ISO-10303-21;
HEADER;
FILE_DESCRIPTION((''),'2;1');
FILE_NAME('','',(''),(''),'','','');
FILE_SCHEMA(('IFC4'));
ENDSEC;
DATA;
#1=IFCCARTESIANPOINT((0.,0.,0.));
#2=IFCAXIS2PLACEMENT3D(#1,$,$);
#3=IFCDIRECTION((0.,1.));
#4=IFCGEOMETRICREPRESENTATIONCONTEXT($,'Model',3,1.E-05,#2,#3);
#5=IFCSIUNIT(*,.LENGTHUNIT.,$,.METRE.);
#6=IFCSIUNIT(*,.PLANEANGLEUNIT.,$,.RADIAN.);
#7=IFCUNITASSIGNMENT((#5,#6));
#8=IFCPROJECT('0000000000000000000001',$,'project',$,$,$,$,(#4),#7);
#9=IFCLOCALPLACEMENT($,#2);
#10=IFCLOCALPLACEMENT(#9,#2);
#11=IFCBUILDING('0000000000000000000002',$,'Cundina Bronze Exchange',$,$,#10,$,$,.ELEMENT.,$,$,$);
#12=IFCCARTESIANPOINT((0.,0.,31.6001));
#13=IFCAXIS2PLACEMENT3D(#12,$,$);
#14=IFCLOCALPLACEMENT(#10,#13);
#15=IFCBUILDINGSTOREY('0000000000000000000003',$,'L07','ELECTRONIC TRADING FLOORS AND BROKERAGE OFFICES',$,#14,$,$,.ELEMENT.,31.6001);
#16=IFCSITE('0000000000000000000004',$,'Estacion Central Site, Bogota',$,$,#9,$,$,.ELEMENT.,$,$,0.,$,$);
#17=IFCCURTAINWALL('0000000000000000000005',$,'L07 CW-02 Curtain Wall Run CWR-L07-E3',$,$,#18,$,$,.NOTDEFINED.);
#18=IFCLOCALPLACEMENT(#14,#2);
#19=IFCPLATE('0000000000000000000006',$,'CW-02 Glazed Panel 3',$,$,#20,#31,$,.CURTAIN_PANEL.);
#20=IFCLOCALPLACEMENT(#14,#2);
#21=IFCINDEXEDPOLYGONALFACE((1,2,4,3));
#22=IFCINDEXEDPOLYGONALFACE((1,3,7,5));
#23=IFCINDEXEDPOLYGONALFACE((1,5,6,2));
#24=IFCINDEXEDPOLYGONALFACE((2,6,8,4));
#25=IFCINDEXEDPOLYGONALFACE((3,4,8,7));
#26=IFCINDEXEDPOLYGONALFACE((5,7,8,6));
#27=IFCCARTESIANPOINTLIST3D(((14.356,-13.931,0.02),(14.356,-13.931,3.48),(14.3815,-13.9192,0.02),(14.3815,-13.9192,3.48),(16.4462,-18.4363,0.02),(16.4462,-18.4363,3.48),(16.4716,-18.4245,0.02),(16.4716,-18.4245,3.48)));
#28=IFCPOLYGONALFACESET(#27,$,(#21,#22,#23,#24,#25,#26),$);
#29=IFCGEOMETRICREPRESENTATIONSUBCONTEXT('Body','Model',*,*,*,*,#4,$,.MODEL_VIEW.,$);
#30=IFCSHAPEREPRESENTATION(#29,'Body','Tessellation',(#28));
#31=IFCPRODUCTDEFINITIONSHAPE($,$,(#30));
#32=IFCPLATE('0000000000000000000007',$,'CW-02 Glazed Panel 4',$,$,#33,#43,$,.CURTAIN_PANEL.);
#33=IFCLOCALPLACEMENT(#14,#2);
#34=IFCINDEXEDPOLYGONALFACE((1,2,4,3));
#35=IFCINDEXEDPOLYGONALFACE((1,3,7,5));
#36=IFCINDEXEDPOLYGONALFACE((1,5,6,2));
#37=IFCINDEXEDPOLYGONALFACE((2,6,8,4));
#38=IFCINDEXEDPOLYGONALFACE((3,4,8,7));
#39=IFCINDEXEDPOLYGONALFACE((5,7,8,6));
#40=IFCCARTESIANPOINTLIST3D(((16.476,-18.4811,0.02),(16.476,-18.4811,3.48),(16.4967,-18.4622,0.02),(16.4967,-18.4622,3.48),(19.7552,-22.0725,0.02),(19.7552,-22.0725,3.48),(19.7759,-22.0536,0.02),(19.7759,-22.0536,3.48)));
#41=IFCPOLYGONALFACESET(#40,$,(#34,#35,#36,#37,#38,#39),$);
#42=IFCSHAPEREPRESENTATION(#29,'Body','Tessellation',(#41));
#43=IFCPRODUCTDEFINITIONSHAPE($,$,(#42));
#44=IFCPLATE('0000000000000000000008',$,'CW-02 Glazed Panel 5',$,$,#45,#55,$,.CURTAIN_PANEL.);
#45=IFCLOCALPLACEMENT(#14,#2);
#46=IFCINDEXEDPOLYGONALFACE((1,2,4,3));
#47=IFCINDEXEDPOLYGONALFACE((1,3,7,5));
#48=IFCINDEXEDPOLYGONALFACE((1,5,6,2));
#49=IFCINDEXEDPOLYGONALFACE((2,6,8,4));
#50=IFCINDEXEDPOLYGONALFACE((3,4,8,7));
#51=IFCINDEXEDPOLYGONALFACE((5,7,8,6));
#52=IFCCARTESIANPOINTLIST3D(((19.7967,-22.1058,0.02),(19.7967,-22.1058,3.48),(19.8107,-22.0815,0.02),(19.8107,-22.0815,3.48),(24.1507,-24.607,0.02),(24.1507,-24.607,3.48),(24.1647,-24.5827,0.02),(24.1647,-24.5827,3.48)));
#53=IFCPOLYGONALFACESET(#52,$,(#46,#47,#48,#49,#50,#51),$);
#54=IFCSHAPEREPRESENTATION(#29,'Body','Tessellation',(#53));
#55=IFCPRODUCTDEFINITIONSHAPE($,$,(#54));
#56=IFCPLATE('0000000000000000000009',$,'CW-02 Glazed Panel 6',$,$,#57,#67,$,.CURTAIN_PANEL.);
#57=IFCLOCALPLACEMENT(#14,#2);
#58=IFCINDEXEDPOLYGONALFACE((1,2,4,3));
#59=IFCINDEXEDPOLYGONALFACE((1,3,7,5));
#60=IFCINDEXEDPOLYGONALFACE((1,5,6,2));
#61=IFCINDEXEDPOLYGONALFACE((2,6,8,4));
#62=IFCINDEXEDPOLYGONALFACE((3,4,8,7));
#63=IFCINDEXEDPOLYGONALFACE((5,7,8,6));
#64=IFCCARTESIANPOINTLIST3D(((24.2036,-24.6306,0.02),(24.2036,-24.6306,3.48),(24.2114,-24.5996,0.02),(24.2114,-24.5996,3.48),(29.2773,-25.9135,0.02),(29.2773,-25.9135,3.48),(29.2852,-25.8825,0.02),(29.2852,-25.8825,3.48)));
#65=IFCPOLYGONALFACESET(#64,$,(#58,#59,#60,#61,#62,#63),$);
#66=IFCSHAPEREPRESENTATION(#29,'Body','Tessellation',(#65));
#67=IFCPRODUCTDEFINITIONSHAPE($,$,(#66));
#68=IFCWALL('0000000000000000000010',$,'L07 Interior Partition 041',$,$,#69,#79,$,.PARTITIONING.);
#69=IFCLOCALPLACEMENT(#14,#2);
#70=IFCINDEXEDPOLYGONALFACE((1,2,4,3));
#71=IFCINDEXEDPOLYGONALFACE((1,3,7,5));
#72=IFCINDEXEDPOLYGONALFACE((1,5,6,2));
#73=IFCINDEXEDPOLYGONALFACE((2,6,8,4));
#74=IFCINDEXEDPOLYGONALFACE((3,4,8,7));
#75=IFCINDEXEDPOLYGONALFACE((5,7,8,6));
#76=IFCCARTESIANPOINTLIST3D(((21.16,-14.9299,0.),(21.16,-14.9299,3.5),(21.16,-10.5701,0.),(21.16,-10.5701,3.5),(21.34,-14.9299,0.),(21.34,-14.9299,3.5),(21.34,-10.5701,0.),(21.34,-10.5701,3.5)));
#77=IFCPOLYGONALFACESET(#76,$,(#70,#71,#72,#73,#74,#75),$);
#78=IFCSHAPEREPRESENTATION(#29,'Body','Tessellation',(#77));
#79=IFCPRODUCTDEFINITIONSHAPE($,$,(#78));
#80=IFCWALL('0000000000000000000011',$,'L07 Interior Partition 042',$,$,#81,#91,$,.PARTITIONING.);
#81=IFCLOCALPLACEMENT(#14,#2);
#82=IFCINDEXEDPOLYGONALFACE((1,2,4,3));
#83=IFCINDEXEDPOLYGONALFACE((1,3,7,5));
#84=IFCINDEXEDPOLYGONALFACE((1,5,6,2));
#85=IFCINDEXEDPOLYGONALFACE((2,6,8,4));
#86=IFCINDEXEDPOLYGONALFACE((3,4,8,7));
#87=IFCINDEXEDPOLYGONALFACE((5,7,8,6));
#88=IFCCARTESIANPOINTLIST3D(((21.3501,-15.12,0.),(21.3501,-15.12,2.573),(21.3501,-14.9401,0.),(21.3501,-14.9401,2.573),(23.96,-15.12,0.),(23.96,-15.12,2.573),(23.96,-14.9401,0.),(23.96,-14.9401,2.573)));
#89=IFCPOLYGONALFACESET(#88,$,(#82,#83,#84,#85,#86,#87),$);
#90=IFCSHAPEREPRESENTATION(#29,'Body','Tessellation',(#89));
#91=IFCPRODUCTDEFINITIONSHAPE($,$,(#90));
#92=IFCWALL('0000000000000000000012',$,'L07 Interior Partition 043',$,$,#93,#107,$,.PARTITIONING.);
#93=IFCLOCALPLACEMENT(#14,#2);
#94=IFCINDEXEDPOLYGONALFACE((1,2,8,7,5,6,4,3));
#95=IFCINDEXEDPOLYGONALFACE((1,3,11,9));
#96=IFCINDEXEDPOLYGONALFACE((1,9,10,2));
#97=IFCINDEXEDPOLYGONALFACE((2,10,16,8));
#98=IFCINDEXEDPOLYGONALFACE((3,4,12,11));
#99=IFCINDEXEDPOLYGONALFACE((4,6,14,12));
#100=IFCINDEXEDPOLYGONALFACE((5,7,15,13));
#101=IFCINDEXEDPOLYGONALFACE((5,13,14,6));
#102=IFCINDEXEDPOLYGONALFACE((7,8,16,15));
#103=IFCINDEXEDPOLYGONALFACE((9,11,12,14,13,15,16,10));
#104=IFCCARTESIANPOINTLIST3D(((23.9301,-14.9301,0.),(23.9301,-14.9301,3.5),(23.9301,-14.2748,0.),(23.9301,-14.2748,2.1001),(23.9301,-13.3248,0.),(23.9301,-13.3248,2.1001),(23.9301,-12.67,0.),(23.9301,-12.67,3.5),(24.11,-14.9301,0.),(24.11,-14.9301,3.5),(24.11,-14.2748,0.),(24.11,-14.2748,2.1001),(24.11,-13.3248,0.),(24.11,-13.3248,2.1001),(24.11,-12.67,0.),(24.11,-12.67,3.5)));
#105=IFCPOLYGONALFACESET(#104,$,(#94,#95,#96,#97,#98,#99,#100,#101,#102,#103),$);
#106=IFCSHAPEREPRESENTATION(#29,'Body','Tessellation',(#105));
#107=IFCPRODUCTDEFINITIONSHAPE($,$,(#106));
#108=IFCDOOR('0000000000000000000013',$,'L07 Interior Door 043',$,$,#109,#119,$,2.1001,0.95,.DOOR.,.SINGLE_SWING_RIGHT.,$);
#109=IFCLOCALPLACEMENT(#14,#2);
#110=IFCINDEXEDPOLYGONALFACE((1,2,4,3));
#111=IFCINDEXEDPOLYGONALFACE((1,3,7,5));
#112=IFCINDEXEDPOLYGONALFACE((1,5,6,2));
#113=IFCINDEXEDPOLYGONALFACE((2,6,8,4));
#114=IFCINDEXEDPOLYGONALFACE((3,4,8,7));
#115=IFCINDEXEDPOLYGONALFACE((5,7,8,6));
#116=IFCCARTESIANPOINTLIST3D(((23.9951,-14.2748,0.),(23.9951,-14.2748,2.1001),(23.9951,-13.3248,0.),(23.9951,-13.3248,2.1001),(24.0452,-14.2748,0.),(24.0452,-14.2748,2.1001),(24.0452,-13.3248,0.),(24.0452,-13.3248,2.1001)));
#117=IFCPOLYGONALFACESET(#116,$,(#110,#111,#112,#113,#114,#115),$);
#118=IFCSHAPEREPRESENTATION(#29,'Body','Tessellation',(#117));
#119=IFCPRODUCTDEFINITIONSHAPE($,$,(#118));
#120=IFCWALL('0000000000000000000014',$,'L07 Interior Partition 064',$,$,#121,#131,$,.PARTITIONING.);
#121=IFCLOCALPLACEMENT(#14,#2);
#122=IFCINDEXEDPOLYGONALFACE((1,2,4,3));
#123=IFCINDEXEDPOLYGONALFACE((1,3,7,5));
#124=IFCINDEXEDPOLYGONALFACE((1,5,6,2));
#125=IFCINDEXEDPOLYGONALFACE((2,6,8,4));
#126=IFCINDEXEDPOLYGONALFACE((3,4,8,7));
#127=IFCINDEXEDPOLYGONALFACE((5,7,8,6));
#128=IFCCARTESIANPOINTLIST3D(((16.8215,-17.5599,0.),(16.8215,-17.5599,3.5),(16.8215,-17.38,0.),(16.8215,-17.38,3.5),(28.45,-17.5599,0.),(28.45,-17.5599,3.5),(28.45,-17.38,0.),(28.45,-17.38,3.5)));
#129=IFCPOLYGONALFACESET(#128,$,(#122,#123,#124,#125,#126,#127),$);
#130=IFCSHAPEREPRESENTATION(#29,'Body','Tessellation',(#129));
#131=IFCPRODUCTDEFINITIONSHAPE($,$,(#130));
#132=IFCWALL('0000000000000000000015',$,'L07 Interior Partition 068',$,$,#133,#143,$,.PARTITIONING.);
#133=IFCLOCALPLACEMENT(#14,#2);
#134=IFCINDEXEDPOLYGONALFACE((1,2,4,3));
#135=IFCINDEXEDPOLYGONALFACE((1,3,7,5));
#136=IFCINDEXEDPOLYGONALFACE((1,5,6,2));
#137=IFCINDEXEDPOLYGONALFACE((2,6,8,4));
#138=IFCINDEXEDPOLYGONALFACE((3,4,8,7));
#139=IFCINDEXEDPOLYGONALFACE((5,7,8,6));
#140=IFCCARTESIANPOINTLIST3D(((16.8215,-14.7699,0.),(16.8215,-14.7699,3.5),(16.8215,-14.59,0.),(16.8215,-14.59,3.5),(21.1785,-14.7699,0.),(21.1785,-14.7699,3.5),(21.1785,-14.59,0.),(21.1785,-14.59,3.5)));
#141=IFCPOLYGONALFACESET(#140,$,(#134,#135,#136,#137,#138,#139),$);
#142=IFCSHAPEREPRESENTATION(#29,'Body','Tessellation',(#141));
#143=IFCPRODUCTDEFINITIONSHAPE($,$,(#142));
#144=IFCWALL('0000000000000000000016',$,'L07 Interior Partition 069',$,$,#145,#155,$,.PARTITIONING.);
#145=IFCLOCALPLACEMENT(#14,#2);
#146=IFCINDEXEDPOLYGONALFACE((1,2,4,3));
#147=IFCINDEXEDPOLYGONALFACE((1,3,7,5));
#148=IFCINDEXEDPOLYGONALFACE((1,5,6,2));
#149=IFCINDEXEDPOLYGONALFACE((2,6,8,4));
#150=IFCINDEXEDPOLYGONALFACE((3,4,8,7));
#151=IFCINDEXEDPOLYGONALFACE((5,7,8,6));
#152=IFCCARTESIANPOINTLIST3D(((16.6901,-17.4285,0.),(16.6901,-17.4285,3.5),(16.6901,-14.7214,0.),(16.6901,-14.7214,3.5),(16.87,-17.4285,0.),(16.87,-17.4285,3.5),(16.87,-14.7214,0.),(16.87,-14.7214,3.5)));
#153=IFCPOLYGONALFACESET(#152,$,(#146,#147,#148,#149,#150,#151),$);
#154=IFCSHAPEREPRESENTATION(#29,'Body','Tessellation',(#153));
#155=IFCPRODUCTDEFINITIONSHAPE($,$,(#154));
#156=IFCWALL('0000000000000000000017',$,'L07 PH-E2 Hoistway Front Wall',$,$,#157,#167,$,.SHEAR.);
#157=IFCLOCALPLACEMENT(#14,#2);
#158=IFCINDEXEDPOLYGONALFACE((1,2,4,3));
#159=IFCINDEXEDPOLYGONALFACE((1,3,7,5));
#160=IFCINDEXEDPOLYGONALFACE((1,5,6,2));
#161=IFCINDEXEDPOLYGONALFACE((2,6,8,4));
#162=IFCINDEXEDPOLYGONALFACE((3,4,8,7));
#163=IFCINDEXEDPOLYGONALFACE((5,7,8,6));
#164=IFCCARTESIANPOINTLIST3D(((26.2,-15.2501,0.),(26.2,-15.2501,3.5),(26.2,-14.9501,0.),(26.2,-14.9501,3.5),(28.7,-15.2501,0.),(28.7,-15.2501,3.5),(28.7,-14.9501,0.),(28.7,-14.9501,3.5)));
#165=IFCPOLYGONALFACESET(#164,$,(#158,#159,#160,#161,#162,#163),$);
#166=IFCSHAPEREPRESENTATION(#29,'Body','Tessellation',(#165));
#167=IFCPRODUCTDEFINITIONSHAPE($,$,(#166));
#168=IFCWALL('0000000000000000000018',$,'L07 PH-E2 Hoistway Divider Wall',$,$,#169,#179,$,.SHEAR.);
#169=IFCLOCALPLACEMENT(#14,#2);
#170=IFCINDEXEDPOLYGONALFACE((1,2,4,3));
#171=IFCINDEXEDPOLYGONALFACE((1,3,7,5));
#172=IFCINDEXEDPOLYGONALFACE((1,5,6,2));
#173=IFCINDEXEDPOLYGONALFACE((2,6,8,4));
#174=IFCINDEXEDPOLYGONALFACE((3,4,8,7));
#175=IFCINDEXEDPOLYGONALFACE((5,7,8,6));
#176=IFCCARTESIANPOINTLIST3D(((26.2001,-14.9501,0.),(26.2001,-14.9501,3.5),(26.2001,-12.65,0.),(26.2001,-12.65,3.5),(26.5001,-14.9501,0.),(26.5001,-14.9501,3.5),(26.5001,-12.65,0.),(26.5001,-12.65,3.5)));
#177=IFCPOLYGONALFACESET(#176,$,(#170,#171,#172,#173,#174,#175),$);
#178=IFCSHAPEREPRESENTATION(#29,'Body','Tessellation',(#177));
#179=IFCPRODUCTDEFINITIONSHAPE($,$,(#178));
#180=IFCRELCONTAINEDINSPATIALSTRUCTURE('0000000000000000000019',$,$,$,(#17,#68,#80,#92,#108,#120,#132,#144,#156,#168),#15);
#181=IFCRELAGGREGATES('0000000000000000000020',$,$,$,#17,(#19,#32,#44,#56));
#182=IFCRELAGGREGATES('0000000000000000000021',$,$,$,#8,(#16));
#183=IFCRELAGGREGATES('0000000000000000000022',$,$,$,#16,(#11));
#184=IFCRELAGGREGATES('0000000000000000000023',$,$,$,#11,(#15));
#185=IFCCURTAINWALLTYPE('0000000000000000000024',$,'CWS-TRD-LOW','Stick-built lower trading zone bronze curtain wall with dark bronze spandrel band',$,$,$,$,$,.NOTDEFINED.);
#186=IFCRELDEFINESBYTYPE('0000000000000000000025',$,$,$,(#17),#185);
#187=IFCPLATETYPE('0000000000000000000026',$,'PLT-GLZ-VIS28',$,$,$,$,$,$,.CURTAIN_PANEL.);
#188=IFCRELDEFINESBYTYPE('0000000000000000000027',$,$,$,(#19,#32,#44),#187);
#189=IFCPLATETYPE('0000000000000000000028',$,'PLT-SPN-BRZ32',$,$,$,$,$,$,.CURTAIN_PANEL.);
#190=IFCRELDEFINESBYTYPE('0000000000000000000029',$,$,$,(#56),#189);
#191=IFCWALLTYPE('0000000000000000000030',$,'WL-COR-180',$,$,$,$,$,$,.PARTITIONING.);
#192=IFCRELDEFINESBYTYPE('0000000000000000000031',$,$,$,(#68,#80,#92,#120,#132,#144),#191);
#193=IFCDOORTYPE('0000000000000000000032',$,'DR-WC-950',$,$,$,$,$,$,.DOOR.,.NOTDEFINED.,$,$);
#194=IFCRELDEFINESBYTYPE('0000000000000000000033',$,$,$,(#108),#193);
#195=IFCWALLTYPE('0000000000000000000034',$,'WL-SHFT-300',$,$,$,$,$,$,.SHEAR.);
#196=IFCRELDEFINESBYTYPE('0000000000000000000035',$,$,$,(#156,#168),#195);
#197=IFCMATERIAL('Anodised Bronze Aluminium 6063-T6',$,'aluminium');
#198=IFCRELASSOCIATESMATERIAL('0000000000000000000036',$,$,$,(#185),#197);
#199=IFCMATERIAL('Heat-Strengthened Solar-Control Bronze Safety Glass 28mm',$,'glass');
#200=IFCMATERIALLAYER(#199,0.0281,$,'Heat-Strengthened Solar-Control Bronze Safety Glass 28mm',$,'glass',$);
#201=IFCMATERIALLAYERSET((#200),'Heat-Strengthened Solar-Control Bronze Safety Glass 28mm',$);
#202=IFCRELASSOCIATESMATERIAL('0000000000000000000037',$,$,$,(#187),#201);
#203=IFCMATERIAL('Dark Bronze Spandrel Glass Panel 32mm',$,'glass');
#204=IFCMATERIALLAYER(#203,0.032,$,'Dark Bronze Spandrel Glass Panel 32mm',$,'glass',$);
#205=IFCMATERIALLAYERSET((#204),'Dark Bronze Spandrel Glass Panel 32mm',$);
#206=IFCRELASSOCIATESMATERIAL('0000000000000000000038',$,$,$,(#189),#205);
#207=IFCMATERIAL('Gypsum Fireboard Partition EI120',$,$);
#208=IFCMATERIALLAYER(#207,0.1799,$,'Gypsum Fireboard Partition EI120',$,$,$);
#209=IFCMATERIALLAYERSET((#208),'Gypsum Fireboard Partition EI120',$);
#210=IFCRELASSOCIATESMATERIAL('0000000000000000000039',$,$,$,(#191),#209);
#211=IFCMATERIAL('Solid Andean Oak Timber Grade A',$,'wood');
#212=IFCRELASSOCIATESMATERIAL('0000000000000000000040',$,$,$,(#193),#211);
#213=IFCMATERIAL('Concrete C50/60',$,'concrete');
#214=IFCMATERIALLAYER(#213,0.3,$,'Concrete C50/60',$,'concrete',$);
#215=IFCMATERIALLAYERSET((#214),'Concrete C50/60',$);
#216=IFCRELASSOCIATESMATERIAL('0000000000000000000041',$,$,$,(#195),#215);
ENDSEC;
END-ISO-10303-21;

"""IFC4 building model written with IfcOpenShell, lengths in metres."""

from ifc_helpers import new_model, si_unit, direction, frame, frame_2d, origin, origin_2d, place, context, subcontext, project, spatial, rectangle, extrude, material, layer, layer_set, type_object, element, fill, aggregate, save


model = new_model("IFC4")

# Units and contexts
model_context = context("Model", 3, precision=1e-05, world=origin(), true_north=direction((0.0, 1.0)))
body_context = subcontext(model_context, "Body", "Model", "MODEL_VIEW")
ifc_project = project(units=[si_unit("LENGTHUNIT", "METRE"), si_unit("PLANEANGLEUNIT", "RADIAN")], contexts=[model_context])

# Site, building, storey
site_placement = place(None, origin())
site = spatial("IfcSite", under=ifc_project, at=site_placement, Name="Estacion Central Site, Bogota", CompositionType="ELEMENT", RefElevation=0.0)
building_placement = place(site_placement, origin())
building = spatial("IfcBuilding", under=site, at=building_placement, Name="Cundina Bronze Exchange", CompositionType="ELEMENT")
storey_placement = place(building_placement, frame((0.0, 0.0, 31.6001)))
storey = spatial("IfcBuildingStorey", under=building, at=storey_placement, Name="L07", Description="ELECTRONIC TRADING FLOORS AND BROKERAGE OFFICES", CompositionType="ELEMENT", Elevation=31.6001)

# Curtain wall, plates
ifc_material_1 = material(Name="Anodised Bronze Aluminium 6063-T6", Category="aluminium")
curtain_wall_type = type_object("IfcCurtainWallType", Name="CWS-TRD-LOW", Description="Stick-built lower trading zone bronze curtain wall with dark bronze spandrel band", PredefinedType="NOTDEFINED", material=ifc_material_1)
curtain_wall_placement = place(storey_placement, origin())
curtain_wall = element("IfcCurtainWall", 1, at=curtain_wall_placement, inside=storey, type_object=curtain_wall_type, Name="L07 CW-02 Curtain Wall Run CWR-L07-E3", PredefinedType="NOTDEFINED")
ifc_material_2 = material(Name="Heat-Strengthened Solar-Control Bronze Safety Glass 28mm", Category="glass")
ifc_layer_1 = layer(ifc_material_2, 0.0281, Name="Heat-Strengthened Solar-Control Bronze Safety Glass 28mm", Category="glass")
ifc_layer_set_1 = layer_set([ifc_layer_1], Name="Heat-Strengthened Solar-Control Bronze Safety Glass 28mm")
plate_type_1 = type_object("IfcPlateType", Name="PLT-GLZ-VIS28", PredefinedType="CURTAIN_PANEL", material=ifc_layer_set_1)
plate_1_placement = place(storey_placement, frame((15.4138, -16.1777, 0.02), z_axis=(0.0, 0.0, 1.0), x_axis=(0.420846, -0.907132, 0.0)))
plate_1 = element("IfcPlate", 2, at=plate_1_placement, type_object=plate_type_1, Name="CW-02 Glazed Panel 3", PredefinedType="CURTAIN_PANEL", context=body_context, shape_type="SweptSolid", body=[
    extrude(rectangle(XDim=4.9666, YDim=0.0281, at=origin_2d()), origin(), (0.0, 0.0, 1.0), 3.46),
])
plate_2_placement = place(storey_placement, frame((18.126, -20.2673, 0.02), z_axis=(0.0, 0.0, 1.0), x_axis=(0.674277, -0.738479, 0.0)))
plate_2 = element("IfcPlate", 3, at=plate_2_placement, type_object=plate_type_1, Name="CW-02 Glazed Panel 4", PredefinedType="CURTAIN_PANEL", context=body_context, shape_type="SweptSolid", body=[
    extrude(rectangle(XDim=4.8633, YDim=0.0281, at=origin_2d()), origin(), (0.0, 0.0, 1.0), 3.46),
])
plate_3_placement = place(storey_placement, frame((21.9807, -23.3442, 0.02), z_axis=(0.0, 0.0, 1.0), x_axis=(0.867105, -0.498125, 0.0)))
plate_3 = element("IfcPlate", 4, at=plate_3_placement, type_object=plate_type_1, Name="CW-02 Glazed Panel 5", PredefinedType="CURTAIN_PANEL", context=body_context, shape_type="SweptSolid", body=[
    extrude(rectangle(XDim=5.0212, YDim=0.0281, at=origin_2d()), origin(), (0.0, 0.0, 1.0), 3.46),
])
ifc_material_3 = material(Name="Dark Bronze Spandrel Glass Panel 32mm", Category="glass")
ifc_layer_2 = layer(ifc_material_3, 0.032, Name="Dark Bronze Spandrel Glass Panel 32mm", Category="glass")
ifc_layer_set_2 = layer_set([ifc_layer_2], Name="Dark Bronze Spandrel Glass Panel 32mm")
plate_type_2 = type_object("IfcPlateType", Name="PLT-SPN-BRZ32", PredefinedType="CURTAIN_PANEL", material=ifc_layer_set_2)
plate_4_placement = place(storey_placement, frame((26.7444, -25.2566, 0.02), z_axis=(0.0, 0.0, 1.0), x_axis=(0.969488, -0.245138, 0.0)))
plate_4 = element("IfcPlate", 5, at=plate_4_placement, type_object=plate_type_2, Name="CW-02 Glazed Panel 6", PredefinedType="CURTAIN_PANEL", context=body_context, shape_type="SweptSolid", body=[
    extrude(rectangle(XDim=5.2334, YDim=0.032, at=origin_2d()), origin(), (0.0, 0.0, 1.0), 3.46),
])
aggregate(curtain_wall, [plate_1, plate_2, plate_3, plate_4])

# Walls
ifc_material_4 = material(Name="Gypsum Fireboard Partition EI120")
ifc_layer_3 = layer(ifc_material_4, 0.1799, Name="Gypsum Fireboard Partition EI120")
ifc_layer_set_3 = layer_set([ifc_layer_3], Name="Gypsum Fireboard Partition EI120")
wall_type_1 = type_object("IfcWallType", Name="WL-COR-180", PredefinedType="PARTITIONING", material=ifc_layer_set_3)
wall_1_placement = place(storey_placement, frame((21.25, -14.9299, 0.0), z_axis=(0.0, 0.0, 1.0), x_axis=(0.0, 1.0, 0.0)))
element("IfcWall", 6, at=wall_1_placement, inside=storey, type_object=wall_type_1, Name="L07 Interior Partition 041", PredefinedType="PARTITIONING", context=body_context, shape_type="SweptSolid", body=[
    extrude(rectangle(XDim=4.3599, YDim=0.1799, at=frame_2d((2.1799, 0.0))), origin(), (0.0, 0.0, 1.0), 3.5),
])
wall_2_placement = place(storey_placement, frame((21.3501, -15.03, 0.0), z_axis=(0.0, 0.0, 1.0), x_axis=(1.0, 0.0, 0.0)))
element("IfcWall", 7, at=wall_2_placement, inside=storey, type_object=wall_type_1, Name="L07 Interior Partition 042", PredefinedType="PARTITIONING", context=body_context, shape_type="SweptSolid", body=[
    extrude(rectangle(XDim=2.6099, YDim=0.1799, at=frame_2d((1.3049, 0.0))), origin(), (0.0, 0.0, 1.0), 2.573),
])

# Wall, opening, door
wall_3_placement = place(storey_placement, frame((24.02, -14.9299, 0.0), z_axis=(0.0, 0.0, 1.0), x_axis=(0.0, 1.0, 0.0)))
wall_3 = element("IfcWall", 8, at=wall_3_placement, inside=storey, type_object=wall_type_1, Name="L07 Interior Partition 043", PredefinedType="PARTITIONING", context=body_context, shape_type="SweptSolid", body=[
    extrude(rectangle(XDim=2.26, YDim=0.1799, at=frame_2d((1.1299, 0.0))), origin(), (0.0, 0.0, 1.0), 3.5),
])
opening_placement = place(wall_3_placement, frame((0.655, 0.0, 0.0)))
opening = element("IfcOpeningElement", 9, at=opening_placement, cuts=wall_3, PredefinedType="OPENING", context=body_context, shape_type="SweptSolid", body=[
    extrude(rectangle(XDim=0.95, YDim=2.1001, at=frame_2d((0.4751, 1.05))), frame((0.0, 0.0999, 0.0), z_axis=(0.0, -1.0, 0.0), x_axis=(1.0, 0.0, 0.0)), (0.0, 0.0, 1.0), 0.2),
])
ifc_material_5 = material(Name="Solid Andean Oak Timber Grade A", Category="wood")
door_type = type_object("IfcDoorType", Name="DR-WC-950", OperationType="NOTDEFINED", PredefinedType="DOOR", material=ifc_material_5)
door_placement = place(opening_placement, origin())
door = element("IfcDoor", 10, at=door_placement, inside=storey, type_object=door_type, Name="L07 Interior Door 043", OperationType="SINGLE_SWING_RIGHT", OverallHeight=2.1001, OverallWidth=0.95, PredefinedType="DOOR", context=body_context, shape_type="SweptSolid", body=[
    extrude(rectangle(XDim=0.95, YDim=2.1001, at=frame_2d((0.4751, 1.05))), frame((0.0, 0.0249, 0.0), z_axis=(0.0, -1.0, 0.0), x_axis=(1.0, 0.0, 0.0)), (0.0, 0.0, 1.0), 0.05),
])
fill(opening, door)

# Walls
wall_4_placement = place(storey_placement, frame((16.8215, -17.47, 0.0), z_axis=(0.0, 0.0, 1.0), x_axis=(1.0, 0.0, 0.0)))
element("IfcWall", 11, at=wall_4_placement, inside=storey, type_object=wall_type_1, Name="L07 Interior Partition 064", PredefinedType="PARTITIONING", context=body_context, shape_type="SweptSolid", body=[
    extrude(rectangle(XDim=11.6284, YDim=0.1799, at=frame_2d((5.8142, 0.0))), origin(), (0.0, 0.0, 1.0), 3.5),
])
wall_5_placement = place(storey_placement, frame((21.1785, -14.6799, 0.0), z_axis=(0.0, 0.0, 1.0), x_axis=(-1.0, 0.0, 0.0)))
element("IfcWall", 12, at=wall_5_placement, inside=storey, type_object=wall_type_1, Name="L07 Interior Partition 068", PredefinedType="PARTITIONING", context=body_context, shape_type="SweptSolid", body=[
    extrude(rectangle(XDim=4.3569, YDim=0.1799, at=frame_2d((2.1785, 0.0))), origin(), (0.0, 0.0, 1.0), 3.5),
])
wall_6_placement = place(storey_placement, frame((16.78, -14.7214, 0.0), z_axis=(0.0, 0.0, 1.0), x_axis=(0.0, -1.0, 0.0)))
element("IfcWall", 13, at=wall_6_placement, inside=storey, type_object=wall_type_1, Name="L07 Interior Partition 069", PredefinedType="PARTITIONING", context=body_context, shape_type="SweptSolid", body=[
    extrude(rectangle(XDim=2.707, YDim=0.1799, at=frame_2d((1.3535, 0.0))), origin(), (0.0, 0.0, 1.0), 3.5),
])
ifc_material_6 = material(Name="Concrete C50/60", Category="concrete")
ifc_layer_4 = layer(ifc_material_6, 0.3, Name="Concrete C50/60", Category="concrete")
ifc_layer_set_4 = layer_set([ifc_layer_4], Name="Concrete C50/60")
wall_type_2 = type_object("IfcWallType", Name="WL-SHFT-300", PredefinedType="SHEAR", material=ifc_layer_set_4)
wall_7_placement = place(storey_placement, frame((26.2, -15.1001, 0.0), z_axis=(0.0, 0.0, 1.0), x_axis=(1.0, 0.0, 0.0)))
element("IfcWall", 14, at=wall_7_placement, inside=storey, type_object=wall_type_2, Name="L07 PH-E2 Hoistway Front Wall", PredefinedType="SHEAR", context=body_context, shape_type="SweptSolid", body=[
    extrude(rectangle(XDim=2.5, YDim=0.3, at=frame_2d((1.25, 0.0))), origin(), (0.0, 0.0, 1.0), 3.5),
])
wall_8_placement = place(storey_placement, frame((26.3501, -14.95, 0.0), z_axis=(0.0, 0.0, 1.0), x_axis=(0.0, 1.0, 0.0)))
element("IfcWall", 15, at=wall_8_placement, inside=storey, type_object=wall_type_2, Name="L07 PH-E2 Hoistway Divider Wall", PredefinedType="SHEAR", context=body_context, shape_type="SweptSolid", body=[
    extrude(rectangle(XDim=2.3, YDim=0.3, at=frame_2d((1.1499, 0.0))), origin(), (0.0, 0.0, 1.0), 3.5),
])

save(model, "model.ifc")
